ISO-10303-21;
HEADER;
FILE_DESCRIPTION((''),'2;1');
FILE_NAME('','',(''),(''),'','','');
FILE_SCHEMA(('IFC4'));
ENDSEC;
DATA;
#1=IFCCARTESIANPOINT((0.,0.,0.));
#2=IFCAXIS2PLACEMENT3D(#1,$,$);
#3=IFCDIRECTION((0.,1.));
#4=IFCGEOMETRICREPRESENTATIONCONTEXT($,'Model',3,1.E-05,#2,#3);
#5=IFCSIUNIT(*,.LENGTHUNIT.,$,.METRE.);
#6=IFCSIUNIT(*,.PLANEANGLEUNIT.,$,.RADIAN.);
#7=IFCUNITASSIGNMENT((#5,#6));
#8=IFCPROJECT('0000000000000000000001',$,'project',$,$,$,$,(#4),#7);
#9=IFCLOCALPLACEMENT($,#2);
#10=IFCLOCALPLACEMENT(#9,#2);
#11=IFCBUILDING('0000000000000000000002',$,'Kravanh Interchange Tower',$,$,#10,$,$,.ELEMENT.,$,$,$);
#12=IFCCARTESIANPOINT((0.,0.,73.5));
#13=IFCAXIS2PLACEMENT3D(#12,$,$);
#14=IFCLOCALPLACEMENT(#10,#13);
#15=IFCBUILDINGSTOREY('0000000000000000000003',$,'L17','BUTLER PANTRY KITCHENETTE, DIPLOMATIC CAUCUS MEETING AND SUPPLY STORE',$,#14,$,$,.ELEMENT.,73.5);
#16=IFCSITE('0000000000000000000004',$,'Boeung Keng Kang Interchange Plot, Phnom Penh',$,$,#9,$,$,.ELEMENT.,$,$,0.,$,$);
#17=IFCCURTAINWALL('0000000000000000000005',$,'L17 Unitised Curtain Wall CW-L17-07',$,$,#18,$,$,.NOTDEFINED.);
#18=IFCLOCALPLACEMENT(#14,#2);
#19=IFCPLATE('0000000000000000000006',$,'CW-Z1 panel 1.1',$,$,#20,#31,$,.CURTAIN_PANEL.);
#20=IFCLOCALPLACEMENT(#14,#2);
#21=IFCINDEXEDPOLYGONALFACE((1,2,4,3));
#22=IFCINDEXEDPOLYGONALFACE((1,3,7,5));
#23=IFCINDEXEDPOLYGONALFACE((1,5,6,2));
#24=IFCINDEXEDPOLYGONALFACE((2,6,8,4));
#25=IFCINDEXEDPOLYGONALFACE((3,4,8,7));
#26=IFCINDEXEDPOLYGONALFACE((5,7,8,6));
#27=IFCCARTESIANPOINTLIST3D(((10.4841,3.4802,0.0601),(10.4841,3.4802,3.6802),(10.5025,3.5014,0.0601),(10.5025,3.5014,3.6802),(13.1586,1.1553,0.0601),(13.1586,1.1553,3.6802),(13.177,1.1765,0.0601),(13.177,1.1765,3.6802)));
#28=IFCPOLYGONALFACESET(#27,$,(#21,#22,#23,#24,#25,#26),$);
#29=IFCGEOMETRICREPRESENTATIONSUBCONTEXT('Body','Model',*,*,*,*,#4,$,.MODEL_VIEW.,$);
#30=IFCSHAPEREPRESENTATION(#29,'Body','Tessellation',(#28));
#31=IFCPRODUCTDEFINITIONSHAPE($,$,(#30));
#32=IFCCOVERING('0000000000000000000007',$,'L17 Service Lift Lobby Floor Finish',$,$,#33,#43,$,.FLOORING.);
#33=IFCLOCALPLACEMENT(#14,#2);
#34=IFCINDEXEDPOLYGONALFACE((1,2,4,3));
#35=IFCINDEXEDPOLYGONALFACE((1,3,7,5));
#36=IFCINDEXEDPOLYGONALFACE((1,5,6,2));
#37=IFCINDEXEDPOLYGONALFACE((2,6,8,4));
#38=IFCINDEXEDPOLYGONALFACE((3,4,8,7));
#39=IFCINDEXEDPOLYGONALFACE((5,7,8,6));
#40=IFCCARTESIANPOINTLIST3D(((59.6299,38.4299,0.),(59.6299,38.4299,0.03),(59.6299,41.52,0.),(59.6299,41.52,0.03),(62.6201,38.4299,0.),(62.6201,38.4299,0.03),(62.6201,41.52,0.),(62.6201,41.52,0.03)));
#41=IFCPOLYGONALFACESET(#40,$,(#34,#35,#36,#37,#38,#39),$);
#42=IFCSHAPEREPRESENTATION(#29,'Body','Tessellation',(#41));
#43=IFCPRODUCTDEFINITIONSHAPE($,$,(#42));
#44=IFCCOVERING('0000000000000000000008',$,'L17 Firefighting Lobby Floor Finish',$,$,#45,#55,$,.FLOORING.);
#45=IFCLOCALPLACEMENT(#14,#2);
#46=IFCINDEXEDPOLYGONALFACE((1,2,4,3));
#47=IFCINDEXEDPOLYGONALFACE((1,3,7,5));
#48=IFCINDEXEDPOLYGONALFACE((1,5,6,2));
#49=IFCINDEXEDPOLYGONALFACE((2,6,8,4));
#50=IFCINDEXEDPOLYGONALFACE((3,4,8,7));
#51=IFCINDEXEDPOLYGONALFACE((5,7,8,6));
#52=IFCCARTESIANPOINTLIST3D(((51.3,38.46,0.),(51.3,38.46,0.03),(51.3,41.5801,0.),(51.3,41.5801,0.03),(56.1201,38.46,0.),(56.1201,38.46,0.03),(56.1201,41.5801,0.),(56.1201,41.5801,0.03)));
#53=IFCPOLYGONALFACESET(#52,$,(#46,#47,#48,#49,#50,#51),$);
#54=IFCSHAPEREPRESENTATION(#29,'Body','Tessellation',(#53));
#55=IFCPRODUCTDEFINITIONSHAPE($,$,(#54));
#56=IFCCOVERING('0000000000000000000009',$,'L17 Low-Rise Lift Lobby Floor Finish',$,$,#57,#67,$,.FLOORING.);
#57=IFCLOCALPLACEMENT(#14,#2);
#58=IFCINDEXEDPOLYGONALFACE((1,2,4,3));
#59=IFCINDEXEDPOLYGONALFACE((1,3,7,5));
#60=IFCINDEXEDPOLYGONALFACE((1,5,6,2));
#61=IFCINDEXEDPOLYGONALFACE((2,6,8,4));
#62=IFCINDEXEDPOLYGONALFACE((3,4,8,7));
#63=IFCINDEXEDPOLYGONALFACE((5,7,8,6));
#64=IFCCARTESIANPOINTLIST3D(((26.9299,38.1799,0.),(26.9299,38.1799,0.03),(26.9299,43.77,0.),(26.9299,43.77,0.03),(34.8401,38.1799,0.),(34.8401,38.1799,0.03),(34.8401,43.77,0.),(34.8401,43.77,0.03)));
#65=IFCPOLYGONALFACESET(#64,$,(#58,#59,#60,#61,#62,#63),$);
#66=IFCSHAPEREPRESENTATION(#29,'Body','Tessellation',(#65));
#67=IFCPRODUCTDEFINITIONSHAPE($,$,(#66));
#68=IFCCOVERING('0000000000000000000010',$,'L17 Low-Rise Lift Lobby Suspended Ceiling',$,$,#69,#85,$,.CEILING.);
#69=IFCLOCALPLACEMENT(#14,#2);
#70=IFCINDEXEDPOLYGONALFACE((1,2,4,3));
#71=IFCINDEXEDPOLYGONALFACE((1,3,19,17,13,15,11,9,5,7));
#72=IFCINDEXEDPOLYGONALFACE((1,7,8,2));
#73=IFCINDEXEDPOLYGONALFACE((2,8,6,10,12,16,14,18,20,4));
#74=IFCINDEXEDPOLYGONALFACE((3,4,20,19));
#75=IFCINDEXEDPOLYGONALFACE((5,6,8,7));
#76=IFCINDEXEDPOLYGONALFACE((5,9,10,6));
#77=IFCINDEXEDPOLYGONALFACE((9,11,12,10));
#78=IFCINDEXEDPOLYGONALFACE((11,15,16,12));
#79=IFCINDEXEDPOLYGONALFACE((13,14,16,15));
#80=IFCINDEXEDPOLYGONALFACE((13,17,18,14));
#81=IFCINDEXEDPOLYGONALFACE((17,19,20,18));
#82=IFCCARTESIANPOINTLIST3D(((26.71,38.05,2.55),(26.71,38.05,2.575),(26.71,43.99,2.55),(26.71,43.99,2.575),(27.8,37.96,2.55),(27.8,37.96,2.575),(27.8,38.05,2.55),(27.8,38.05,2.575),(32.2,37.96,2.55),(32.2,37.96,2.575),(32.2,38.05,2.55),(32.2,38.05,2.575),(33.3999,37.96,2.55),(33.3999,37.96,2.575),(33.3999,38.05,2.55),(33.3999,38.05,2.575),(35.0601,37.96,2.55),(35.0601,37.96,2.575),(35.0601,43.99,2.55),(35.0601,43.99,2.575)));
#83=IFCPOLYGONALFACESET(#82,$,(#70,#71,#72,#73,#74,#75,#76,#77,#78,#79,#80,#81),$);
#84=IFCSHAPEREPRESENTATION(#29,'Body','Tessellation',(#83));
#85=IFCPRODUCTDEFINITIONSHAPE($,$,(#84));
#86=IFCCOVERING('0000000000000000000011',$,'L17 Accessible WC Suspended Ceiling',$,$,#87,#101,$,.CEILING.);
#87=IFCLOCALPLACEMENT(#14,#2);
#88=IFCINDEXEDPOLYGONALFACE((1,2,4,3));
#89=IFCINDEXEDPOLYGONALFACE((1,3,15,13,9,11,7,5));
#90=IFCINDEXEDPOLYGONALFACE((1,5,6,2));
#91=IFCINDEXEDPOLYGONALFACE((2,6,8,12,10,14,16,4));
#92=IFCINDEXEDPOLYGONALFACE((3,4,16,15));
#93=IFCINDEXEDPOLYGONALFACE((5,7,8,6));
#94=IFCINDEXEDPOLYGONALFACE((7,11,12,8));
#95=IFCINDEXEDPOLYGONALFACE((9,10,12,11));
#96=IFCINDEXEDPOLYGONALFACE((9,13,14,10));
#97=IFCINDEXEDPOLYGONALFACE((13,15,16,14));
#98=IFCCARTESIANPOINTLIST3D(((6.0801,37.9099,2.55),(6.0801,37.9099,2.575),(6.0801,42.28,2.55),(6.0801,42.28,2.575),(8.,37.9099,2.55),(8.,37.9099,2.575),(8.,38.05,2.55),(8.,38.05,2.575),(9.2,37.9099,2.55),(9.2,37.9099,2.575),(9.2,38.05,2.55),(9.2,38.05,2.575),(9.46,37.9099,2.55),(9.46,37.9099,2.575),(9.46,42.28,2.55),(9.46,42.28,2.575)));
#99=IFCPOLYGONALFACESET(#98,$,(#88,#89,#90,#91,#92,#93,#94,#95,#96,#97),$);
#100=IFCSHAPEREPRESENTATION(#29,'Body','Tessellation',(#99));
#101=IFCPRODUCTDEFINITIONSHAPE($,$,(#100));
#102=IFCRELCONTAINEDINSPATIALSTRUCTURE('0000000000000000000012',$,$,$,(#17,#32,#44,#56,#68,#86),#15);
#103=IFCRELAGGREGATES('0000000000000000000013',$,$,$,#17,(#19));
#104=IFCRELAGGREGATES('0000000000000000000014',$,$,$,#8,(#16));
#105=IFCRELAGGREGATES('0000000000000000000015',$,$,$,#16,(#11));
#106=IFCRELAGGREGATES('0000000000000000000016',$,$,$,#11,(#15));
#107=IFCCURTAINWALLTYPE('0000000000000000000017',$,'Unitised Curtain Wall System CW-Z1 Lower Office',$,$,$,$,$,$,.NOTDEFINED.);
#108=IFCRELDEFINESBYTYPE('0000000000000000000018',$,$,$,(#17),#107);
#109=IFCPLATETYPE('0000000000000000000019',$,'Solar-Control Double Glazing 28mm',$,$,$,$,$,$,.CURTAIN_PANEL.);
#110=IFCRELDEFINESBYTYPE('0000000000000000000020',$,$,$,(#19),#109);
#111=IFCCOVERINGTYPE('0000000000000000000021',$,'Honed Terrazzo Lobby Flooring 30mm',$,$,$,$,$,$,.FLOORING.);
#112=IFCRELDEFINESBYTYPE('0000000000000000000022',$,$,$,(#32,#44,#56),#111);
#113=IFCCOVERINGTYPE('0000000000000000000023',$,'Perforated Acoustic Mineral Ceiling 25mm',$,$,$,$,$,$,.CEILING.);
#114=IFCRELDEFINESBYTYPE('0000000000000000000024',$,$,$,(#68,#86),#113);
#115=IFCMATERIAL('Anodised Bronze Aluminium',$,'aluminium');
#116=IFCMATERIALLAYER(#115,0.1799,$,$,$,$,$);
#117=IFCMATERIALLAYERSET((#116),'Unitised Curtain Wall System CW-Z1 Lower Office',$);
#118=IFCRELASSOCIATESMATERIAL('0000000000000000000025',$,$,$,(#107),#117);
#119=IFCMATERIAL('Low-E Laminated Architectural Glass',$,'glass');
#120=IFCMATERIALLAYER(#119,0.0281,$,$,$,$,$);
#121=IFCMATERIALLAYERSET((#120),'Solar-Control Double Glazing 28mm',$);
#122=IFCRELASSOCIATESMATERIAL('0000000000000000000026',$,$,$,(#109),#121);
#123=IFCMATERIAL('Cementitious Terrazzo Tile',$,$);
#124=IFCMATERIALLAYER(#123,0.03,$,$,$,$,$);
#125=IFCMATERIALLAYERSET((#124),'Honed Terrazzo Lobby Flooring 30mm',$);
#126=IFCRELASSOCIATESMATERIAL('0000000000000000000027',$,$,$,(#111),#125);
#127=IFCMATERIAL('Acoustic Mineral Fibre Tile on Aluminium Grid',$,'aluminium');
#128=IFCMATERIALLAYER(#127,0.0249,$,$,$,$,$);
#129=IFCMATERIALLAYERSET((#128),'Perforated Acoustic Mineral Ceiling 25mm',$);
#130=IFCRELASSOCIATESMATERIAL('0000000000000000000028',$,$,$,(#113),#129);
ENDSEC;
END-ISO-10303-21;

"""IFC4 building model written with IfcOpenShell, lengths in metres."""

from ifc_helpers import new_model, si_unit, direction, frame, origin, origin_2d, place, context, subcontext, project, spatial, polyline, rectangle, outline, extrude, material, layer, layer_set, type_object, element, aggregate, save


model = new_model("IFC4")

# Units and contexts
model_context = context("Model", 3, precision=1e-05, world=origin(), true_north=direction((0.0, 1.0)))
body_context = subcontext(model_context, "Body", "Model", "MODEL_VIEW")
ifc_project = project(units=[si_unit("LENGTHUNIT", "METRE"), si_unit("PLANEANGLEUNIT", "RADIAN")], contexts=[model_context])

# Site, building, storey
site_placement = place(None, origin())
site = spatial("IfcSite", under=ifc_project, at=site_placement, Name="Boeung Keng Kang Interchange Plot, Phnom Penh", CompositionType="ELEMENT", RefElevation=0.0)
building_placement = place(site_placement, origin())
building = spatial("IfcBuilding", under=site, at=building_placement, Name="Kravanh Interchange Tower", CompositionType="ELEMENT")
storey_placement = place(building_placement, frame((0.0, 0.0, 73.5)))
storey = spatial("IfcBuildingStorey", under=building, at=storey_placement, Name="L17", Description="BUTLER PANTRY KITCHENETTE, DIPLOMATIC CAUCUS MEETING AND SUPPLY STORE", CompositionType="ELEMENT", Elevation=73.5)

# Shared definitions
ifc_material_1 = material(Name="Anodised Bronze Aluminium", Category="aluminium")
ifc_layer_1 = layer(ifc_material_1, 0.1799)
ifc_layer_set_1 = layer_set([ifc_layer_1], Name="Unitised Curtain Wall System CW-Z1 Lower Office")
curtain_wall_type = type_object("IfcCurtainWallType", Name="Unitised Curtain Wall System CW-Z1 Lower Office", PredefinedType="NOTDEFINED", material=ifc_layer_set_1)

# Curtain wall
curtain_wall_1_placement = place(storey_placement, origin())
curtain_wall_1 = element("IfcCurtainWall", 1, at=curtain_wall_1_placement, inside=storey, type_object=curtain_wall_type, Name="L17 Unitised Curtain Wall CW-L17-07", PredefinedType="NOTDEFINED")

# Plate
ifc_material_2 = material(Name="Low-E Laminated Architectural Glass", Category="glass")
ifc_layer_2 = layer(ifc_material_2, 0.0281)
ifc_layer_set_2 = layer_set([ifc_layer_2], Name="Solar-Control Double Glazing 28mm")
plate_type = type_object("IfcPlateType", Name="Solar-Control Double Glazing 28mm", PredefinedType="CURTAIN_PANEL", material=ifc_layer_set_2)
plate_1_placement = place(storey_placement, frame((11.8306, 2.3284, 0.0601), z_axis=(0.0, 0.0, 1.0), x_axis=(-0.754708, 0.65606, 0.0)))
plate_1 = element("IfcPlate", 2, at=plate_1_placement, type_object=plate_type, Name="CW-Z1 panel 1.1", PredefinedType="CURTAIN_PANEL", context=body_context, shape_type="SweptSolid", body=[
    extrude(rectangle(XDim=3.5437, YDim=0.0281, at=origin_2d()), origin(), (0.0, 0.0, 1.0), 3.6201),
])
aggregate(curtain_wall_1, [plate_1])

# Coverings
ifc_material_3 = material(Name="Cementitious Terrazzo Tile")
ifc_layer_3 = layer(ifc_material_3, 0.03)
ifc_layer_set_3 = layer_set([ifc_layer_3], Name="Honed Terrazzo Lobby Flooring 30mm")
covering_type_1 = type_object("IfcCoveringType", Name="Honed Terrazzo Lobby Flooring 30mm", PredefinedType="FLOORING", material=ifc_layer_set_3)
covering_1_placement = place(storey_placement, origin())
element("IfcCovering", 3, at=covering_1_placement, inside=storey, type_object=covering_type_1, Name="L17 Service Lift Lobby Floor Finish", PredefinedType="FLOORING", context=body_context, shape_type="SweptSolid", body=[
    extrude(outline(polyline([(59.6299, 41.52), (62.6201, 41.52), (62.6201, 38.4299), (59.6299, 38.4299), (59.6299, 41.52)])), origin(), (0.0, 0.0, 1.0), 0.03),
])
covering_2_placement = place(storey_placement, origin())
element("IfcCovering", 4, at=covering_2_placement, inside=storey, type_object=covering_type_1, Name="L17 Firefighting Lobby Floor Finish", PredefinedType="FLOORING", context=body_context, shape_type="SweptSolid", body=[
    extrude(outline(polyline([(56.1201, 38.46), (51.3, 38.46), (51.3, 41.5801), (56.1201, 41.5801), (56.1201, 38.46)])), origin(), (0.0, 0.0, 1.0), 0.03),
])
covering_3_placement = place(storey_placement, origin())
element("IfcCovering", 5, at=covering_3_placement, inside=storey, type_object=covering_type_1, Name="L17 Low-Rise Lift Lobby Floor Finish", PredefinedType="FLOORING", context=body_context, shape_type="SweptSolid", body=[
    extrude(outline(polyline([(26.9299, 43.77), (34.8401, 43.77), (34.8401, 38.1799), (26.9299, 38.1799), (26.9299, 43.77)])), origin(), (0.0, 0.0, 1.0), 0.03),
])
ifc_material_4 = material(Name="Acoustic Mineral Fibre Tile on Aluminium Grid", Category="aluminium")
ifc_layer_4 = layer(ifc_material_4, 0.0249)
ifc_layer_set_4 = layer_set([ifc_layer_4], Name="Perforated Acoustic Mineral Ceiling 25mm")
covering_type_2 = type_object("IfcCoveringType", Name="Perforated Acoustic Mineral Ceiling 25mm", PredefinedType="CEILING", material=ifc_layer_set_4)
covering_4_placement = place(storey_placement, frame((0.0, 0.0, 2.55)))
element("IfcCovering", 6, at=covering_4_placement, inside=storey, type_object=covering_type_2, Name="L17 Low-Rise Lift Lobby Suspended Ceiling", PredefinedType="CEILING", context=body_context, shape_type="SweptSolid", body=[
    extrude(outline(polyline([(35.0601, 37.96), (33.3999, 37.96), (33.3999, 38.05), (32.2, 38.05), (32.2, 37.96), (27.8, 37.96), (27.8, 38.05), (26.71, 38.05), (26.71, 43.99), (35.0601, 43.99), (35.0601, 37.96)])), origin(), (0.0, 0.0, 1.0), 0.0249),
])
covering_5_placement = place(storey_placement, frame((0.0, 0.0, 2.55)))
element("IfcCovering", 7, at=covering_5_placement, inside=storey, type_object=covering_type_2, Name="L17 Accessible WC Suspended Ceiling", PredefinedType="CEILING", context=body_context, shape_type="SweptSolid", body=[
    extrude(outline(polyline([(9.46, 42.28), (9.46, 37.9099), (9.2, 37.9099), (9.2, 38.05), (8.0, 38.05), (8.0, 37.9099), (6.0801, 37.9099), (6.0801, 42.28), (9.46, 42.28)])), origin(), (0.0, 0.0, 1.0), 0.0249),
])

save(model, "model.ifc")
